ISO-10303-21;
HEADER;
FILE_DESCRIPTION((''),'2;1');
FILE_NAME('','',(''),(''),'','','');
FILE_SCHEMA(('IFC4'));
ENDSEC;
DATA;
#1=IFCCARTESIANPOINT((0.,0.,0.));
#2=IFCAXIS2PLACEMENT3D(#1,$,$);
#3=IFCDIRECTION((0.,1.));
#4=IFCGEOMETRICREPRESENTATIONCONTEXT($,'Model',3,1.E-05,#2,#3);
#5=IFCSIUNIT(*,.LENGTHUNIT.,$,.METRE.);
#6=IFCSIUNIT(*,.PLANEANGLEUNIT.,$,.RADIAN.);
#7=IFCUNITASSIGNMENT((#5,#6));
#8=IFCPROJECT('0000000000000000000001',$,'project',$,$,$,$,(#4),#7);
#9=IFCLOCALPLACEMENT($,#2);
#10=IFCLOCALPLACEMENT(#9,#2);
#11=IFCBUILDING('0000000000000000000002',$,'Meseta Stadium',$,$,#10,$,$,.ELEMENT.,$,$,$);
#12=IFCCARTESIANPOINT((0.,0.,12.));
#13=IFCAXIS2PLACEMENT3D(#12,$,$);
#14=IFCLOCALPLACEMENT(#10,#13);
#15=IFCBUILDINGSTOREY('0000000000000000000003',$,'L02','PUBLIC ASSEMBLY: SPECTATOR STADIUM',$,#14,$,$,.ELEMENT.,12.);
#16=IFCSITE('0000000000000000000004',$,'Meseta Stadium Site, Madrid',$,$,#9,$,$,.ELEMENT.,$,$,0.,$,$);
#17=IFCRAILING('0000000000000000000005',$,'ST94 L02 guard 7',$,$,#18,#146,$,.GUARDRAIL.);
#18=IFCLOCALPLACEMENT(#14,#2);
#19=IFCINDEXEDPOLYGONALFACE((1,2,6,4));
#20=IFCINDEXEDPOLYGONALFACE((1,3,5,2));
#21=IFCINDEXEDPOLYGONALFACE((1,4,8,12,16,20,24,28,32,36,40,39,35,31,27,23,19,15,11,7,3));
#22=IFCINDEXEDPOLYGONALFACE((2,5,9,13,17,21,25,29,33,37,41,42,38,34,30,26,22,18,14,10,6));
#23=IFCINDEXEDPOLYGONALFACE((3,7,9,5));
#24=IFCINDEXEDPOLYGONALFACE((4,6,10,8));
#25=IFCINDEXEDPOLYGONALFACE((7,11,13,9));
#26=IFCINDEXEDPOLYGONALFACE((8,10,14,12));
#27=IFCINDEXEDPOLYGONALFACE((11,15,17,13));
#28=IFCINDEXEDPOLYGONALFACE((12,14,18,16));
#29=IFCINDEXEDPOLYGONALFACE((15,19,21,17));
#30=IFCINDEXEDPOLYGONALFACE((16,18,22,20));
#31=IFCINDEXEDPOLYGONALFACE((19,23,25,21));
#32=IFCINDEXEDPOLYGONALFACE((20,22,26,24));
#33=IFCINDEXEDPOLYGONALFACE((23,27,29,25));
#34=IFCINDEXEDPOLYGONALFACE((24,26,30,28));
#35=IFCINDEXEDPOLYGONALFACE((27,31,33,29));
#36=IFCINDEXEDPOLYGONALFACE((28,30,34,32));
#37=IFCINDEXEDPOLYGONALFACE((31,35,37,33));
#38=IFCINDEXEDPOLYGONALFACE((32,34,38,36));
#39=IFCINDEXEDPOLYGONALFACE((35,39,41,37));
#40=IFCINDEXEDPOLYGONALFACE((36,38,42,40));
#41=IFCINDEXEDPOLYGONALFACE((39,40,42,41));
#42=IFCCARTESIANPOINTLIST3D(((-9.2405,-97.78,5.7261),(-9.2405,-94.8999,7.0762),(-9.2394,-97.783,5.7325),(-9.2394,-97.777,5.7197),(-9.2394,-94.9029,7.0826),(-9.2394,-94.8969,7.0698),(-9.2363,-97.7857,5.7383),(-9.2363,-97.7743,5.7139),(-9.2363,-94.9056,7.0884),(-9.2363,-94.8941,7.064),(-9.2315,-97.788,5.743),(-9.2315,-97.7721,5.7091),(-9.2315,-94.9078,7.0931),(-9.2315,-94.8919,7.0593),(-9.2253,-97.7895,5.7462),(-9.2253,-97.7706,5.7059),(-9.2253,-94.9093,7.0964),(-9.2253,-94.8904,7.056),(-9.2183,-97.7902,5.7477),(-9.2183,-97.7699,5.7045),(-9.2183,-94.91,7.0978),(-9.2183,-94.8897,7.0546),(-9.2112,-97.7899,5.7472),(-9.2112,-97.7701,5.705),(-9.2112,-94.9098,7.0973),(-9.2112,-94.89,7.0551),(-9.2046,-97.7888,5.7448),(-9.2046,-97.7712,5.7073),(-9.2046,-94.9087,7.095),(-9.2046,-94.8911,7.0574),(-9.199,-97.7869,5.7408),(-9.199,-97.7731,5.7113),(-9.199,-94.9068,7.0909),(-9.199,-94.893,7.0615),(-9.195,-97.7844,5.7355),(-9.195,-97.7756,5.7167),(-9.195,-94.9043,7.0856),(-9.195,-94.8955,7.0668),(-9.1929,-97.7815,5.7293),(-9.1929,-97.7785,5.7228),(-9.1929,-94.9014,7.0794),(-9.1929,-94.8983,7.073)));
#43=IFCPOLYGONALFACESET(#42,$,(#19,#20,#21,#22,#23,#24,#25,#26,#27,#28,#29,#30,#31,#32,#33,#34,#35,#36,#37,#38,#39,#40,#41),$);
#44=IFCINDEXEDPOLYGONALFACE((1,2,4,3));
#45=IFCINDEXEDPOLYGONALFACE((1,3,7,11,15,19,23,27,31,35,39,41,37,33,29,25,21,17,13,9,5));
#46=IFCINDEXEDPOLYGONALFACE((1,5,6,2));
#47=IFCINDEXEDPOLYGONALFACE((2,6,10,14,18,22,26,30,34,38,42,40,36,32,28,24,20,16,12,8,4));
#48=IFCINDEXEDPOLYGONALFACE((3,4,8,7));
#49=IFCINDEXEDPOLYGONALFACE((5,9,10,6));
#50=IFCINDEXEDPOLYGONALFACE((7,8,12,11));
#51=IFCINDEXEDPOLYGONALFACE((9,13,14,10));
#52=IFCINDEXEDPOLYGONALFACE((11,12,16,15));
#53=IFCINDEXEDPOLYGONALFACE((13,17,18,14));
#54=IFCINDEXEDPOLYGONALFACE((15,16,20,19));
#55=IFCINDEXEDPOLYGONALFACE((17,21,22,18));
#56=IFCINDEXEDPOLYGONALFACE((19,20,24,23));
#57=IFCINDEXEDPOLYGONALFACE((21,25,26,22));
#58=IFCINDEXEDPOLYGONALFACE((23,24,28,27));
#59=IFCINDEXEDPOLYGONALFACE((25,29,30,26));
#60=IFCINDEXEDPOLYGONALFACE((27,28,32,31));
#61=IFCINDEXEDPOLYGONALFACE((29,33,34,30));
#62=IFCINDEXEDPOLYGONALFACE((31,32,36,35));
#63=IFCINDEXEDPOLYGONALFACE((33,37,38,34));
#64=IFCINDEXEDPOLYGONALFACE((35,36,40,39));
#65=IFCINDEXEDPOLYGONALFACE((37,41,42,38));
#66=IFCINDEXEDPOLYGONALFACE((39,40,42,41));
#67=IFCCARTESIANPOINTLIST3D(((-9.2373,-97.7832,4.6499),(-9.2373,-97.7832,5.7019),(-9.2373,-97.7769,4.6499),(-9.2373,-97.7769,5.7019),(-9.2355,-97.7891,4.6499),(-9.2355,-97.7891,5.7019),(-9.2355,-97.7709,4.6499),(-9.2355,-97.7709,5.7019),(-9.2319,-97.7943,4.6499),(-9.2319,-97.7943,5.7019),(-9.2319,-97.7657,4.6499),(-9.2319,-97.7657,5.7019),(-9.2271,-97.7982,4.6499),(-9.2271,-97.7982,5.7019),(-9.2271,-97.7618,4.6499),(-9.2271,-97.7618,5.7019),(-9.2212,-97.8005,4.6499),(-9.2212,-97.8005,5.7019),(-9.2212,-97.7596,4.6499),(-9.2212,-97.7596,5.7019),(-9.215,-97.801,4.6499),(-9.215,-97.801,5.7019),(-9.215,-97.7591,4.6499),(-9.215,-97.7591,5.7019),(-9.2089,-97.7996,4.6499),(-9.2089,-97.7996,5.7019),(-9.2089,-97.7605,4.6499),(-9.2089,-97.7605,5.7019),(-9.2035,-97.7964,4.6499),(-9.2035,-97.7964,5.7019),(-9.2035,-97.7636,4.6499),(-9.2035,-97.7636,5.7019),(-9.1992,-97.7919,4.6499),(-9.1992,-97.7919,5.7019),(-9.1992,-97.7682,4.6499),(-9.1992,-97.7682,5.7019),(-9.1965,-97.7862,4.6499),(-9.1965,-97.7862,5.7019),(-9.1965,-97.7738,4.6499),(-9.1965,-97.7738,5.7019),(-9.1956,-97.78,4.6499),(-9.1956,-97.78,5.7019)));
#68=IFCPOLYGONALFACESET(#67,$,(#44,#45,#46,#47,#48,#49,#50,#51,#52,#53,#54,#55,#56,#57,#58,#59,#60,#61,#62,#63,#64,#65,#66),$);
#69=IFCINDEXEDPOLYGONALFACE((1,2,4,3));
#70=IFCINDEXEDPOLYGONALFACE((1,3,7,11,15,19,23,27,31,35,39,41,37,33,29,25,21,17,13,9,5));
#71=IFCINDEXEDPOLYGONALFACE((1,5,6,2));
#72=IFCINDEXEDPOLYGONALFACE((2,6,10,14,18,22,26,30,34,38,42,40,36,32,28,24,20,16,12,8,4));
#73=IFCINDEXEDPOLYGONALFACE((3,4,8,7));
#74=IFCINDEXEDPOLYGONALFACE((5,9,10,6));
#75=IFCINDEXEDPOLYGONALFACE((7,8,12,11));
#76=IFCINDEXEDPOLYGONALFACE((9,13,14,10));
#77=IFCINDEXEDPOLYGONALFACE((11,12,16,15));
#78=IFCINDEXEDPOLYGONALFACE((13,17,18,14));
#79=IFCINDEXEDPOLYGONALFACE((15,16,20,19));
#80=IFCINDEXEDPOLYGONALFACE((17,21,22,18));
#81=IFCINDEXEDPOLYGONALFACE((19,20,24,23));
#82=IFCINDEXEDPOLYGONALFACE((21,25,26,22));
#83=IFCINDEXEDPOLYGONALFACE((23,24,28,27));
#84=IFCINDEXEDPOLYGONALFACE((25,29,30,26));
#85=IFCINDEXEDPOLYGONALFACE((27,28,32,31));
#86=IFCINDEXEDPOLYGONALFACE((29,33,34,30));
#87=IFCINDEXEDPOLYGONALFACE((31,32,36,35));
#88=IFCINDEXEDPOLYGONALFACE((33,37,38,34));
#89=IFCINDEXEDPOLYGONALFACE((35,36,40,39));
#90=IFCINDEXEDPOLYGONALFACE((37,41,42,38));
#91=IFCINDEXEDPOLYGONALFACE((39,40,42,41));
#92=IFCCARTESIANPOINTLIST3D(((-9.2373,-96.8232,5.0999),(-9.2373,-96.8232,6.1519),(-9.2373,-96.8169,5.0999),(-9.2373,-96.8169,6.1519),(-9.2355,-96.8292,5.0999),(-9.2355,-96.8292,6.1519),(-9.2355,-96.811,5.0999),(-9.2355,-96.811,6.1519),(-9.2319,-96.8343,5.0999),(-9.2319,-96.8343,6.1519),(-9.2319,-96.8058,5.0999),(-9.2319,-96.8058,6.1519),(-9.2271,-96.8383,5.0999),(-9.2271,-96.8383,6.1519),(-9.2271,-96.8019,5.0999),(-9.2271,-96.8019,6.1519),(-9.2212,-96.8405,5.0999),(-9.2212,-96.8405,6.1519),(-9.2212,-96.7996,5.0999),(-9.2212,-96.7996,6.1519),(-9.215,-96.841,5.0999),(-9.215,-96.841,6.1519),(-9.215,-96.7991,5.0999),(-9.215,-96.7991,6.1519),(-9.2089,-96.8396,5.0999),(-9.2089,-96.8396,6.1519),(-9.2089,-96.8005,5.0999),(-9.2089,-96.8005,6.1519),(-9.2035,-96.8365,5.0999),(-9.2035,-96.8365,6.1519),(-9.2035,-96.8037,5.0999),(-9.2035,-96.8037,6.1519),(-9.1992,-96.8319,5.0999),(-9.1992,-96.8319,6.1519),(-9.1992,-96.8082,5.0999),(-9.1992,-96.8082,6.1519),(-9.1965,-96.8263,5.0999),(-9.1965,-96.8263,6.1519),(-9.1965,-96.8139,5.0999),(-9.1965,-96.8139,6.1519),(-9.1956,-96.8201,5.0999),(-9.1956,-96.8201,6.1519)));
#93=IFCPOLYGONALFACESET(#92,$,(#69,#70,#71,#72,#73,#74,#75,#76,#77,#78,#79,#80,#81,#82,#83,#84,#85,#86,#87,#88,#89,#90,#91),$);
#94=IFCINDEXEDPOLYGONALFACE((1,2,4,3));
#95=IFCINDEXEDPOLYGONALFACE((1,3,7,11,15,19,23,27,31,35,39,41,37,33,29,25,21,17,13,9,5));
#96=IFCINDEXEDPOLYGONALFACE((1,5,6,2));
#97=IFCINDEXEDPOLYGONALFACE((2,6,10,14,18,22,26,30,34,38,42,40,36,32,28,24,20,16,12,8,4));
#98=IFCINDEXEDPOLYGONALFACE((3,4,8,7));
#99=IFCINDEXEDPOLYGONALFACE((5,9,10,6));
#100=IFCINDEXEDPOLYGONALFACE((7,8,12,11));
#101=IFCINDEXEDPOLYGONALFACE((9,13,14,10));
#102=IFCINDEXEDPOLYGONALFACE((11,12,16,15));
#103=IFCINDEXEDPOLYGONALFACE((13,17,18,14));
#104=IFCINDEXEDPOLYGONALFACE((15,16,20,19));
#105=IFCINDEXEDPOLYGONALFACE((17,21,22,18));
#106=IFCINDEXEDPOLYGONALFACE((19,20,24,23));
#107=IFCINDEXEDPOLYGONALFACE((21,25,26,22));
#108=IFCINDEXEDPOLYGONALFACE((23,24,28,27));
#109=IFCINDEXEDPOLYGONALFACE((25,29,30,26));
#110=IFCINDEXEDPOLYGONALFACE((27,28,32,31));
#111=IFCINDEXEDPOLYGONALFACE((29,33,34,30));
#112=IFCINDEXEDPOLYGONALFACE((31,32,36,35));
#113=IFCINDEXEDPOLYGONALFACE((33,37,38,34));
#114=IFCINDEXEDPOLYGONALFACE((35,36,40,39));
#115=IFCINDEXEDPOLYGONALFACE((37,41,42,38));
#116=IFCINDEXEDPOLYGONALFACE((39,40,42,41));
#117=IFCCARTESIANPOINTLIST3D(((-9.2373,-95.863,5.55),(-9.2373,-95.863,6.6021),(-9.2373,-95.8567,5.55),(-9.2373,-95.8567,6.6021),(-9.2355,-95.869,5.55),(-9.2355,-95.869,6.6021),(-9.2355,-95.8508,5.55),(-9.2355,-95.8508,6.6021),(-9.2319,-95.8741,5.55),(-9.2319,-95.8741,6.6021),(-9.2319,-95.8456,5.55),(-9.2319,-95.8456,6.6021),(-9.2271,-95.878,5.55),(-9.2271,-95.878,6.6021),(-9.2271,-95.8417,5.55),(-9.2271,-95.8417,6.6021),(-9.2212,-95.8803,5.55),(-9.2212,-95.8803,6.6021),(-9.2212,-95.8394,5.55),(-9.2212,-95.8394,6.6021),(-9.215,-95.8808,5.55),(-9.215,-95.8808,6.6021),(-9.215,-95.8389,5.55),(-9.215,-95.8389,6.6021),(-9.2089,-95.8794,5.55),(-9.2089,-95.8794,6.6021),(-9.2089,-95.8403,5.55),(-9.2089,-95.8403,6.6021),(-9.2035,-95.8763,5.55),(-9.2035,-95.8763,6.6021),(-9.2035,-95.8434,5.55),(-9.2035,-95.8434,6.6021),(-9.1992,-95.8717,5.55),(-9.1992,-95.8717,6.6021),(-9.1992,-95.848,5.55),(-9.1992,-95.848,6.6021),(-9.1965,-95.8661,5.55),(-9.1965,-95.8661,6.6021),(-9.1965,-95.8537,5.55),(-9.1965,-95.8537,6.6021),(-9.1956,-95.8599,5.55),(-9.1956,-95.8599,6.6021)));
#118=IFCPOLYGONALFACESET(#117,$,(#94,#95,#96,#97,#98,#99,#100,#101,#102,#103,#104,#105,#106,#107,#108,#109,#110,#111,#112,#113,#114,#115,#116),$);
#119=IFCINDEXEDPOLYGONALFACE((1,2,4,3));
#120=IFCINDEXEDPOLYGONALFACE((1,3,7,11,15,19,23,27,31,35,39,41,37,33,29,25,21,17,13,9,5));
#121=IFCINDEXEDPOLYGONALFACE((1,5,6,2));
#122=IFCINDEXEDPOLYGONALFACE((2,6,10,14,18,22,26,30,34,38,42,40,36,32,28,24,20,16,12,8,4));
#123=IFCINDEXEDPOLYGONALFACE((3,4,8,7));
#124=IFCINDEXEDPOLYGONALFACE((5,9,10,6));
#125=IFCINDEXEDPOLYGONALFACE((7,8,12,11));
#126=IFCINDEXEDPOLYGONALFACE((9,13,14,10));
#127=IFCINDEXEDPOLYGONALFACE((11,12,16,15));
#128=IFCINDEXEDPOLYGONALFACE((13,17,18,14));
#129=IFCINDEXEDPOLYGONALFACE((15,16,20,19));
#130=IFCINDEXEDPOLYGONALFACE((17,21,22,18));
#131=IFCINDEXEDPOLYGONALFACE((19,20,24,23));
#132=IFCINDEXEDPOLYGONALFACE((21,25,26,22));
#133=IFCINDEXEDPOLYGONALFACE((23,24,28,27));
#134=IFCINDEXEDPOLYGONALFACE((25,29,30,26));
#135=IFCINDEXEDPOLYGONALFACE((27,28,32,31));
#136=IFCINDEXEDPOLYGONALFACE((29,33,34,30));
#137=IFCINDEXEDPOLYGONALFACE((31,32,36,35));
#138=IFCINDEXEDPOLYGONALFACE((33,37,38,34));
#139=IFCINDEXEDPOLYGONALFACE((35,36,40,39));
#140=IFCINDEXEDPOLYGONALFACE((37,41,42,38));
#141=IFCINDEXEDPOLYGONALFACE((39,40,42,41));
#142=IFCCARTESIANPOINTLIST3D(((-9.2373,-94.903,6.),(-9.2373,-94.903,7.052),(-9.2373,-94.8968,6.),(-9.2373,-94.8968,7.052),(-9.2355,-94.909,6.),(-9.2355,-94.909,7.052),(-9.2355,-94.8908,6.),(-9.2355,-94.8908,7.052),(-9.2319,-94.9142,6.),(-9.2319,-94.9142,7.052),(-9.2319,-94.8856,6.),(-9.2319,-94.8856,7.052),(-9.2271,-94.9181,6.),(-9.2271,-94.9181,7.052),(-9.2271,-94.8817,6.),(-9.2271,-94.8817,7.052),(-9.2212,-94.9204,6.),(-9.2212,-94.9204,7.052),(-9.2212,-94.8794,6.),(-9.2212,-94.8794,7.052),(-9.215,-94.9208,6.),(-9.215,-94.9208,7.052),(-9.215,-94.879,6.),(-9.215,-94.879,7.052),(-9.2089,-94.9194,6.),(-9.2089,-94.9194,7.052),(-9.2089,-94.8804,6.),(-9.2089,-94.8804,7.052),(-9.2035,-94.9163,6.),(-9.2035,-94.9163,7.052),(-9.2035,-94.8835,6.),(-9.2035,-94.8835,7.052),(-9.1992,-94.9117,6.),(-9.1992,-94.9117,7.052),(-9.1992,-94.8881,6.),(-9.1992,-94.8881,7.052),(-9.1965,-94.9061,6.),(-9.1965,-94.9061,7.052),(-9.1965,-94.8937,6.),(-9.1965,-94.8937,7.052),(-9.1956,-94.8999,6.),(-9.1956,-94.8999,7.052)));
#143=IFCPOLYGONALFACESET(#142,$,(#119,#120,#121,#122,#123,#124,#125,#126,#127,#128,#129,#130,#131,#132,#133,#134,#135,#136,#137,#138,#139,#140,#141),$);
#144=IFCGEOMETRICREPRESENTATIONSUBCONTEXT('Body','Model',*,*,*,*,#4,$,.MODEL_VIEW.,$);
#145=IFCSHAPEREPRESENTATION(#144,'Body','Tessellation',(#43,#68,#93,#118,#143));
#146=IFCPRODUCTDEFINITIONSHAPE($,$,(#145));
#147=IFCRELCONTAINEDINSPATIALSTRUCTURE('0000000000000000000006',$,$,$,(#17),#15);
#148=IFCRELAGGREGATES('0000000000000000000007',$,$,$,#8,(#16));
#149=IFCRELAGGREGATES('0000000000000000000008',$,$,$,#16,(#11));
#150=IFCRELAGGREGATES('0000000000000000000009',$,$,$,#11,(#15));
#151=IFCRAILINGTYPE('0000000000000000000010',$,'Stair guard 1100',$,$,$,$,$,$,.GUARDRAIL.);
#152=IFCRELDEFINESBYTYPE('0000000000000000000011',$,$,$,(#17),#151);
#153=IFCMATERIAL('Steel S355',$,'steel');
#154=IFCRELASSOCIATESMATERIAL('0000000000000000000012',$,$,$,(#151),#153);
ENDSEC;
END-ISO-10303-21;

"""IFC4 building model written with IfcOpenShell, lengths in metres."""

from ifc_helpers import new_model, si_unit, direction, frame, origin, origin_2d, place, context, subcontext, project, spatial, circle, extrude, material, type_object, element, save


model = new_model("IFC4")

# Units and contexts
model_context = context("Model", 3, precision=1e-05, world=origin(), true_north=direction((0.0, 1.0)))
body_context = subcontext(model_context, "Body", "Model", "MODEL_VIEW")
ifc_project = project(units=[si_unit("LENGTHUNIT", "METRE"), si_unit("PLANEANGLEUNIT", "RADIAN")], contexts=[model_context])

# Site, building, storey
site_placement = place(None, origin())
site = spatial("IfcSite", under=ifc_project, at=site_placement, Name="Meseta Stadium Site, Madrid", CompositionType="ELEMENT", RefElevation=0.0)
building_placement = place(site_placement, origin())
building = spatial("IfcBuilding", under=site, at=building_placement, Name="Meseta Stadium", CompositionType="ELEMENT")
storey_placement = place(building_placement, frame((0.0, 0.0, 12.0)))
storey = spatial("IfcBuildingStorey", under=building, at=storey_placement, Name="L02", Description="PUBLIC ASSEMBLY: SPECTATOR STADIUM", CompositionType="ELEMENT", Elevation=12.0)

# Railing
ifc_material_1 = material(Name="Steel S355", Category="steel")
railing_type_1 = type_object("IfcRailingType", Name="Stair guard 1100", PredefinedType="GUARDRAIL", material=ifc_material_1)
railing_1_placement = place(storey_placement, frame((-9.2166, -97.78, 4.6499)))
element("IfcRailing", 1, at=railing_1_placement, inside=storey, type_object=railing_type_1, Name="ST94 L02 guard 7", PredefinedType="GUARDRAIL", context=body_context, shape_type="SweptSolid", body=[
    extrude(circle(Radius=0.0239, at=origin_2d()), frame((0.0, 0.0, 1.0762), z_axis=(0.0, 0.905454, 0.424444), x_axis=(-1.0, 0.0, 0.0)), (0.0, 0.0, 1.0), 3.1809),
    extrude(circle(Radius=0.021, at=origin_2d()), origin(), (0.0, 0.0, 1.0), 1.052),
    extrude(circle(Radius=0.021, at=origin_2d()), frame((0.0, 0.96, 0.45)), (0.0, 0.0, 1.0), 1.052),
    extrude(circle(Radius=0.021, at=origin_2d()), frame((0.0, 1.9202, 0.9001)), (0.0, 0.0, 1.0), 1.052),
    extrude(circle(Radius=0.021, at=origin_2d()), frame((0.0, 2.8801, 1.3501)), (0.0, 0.0, 1.0), 1.052),
])

save(model, "model.ifc")
